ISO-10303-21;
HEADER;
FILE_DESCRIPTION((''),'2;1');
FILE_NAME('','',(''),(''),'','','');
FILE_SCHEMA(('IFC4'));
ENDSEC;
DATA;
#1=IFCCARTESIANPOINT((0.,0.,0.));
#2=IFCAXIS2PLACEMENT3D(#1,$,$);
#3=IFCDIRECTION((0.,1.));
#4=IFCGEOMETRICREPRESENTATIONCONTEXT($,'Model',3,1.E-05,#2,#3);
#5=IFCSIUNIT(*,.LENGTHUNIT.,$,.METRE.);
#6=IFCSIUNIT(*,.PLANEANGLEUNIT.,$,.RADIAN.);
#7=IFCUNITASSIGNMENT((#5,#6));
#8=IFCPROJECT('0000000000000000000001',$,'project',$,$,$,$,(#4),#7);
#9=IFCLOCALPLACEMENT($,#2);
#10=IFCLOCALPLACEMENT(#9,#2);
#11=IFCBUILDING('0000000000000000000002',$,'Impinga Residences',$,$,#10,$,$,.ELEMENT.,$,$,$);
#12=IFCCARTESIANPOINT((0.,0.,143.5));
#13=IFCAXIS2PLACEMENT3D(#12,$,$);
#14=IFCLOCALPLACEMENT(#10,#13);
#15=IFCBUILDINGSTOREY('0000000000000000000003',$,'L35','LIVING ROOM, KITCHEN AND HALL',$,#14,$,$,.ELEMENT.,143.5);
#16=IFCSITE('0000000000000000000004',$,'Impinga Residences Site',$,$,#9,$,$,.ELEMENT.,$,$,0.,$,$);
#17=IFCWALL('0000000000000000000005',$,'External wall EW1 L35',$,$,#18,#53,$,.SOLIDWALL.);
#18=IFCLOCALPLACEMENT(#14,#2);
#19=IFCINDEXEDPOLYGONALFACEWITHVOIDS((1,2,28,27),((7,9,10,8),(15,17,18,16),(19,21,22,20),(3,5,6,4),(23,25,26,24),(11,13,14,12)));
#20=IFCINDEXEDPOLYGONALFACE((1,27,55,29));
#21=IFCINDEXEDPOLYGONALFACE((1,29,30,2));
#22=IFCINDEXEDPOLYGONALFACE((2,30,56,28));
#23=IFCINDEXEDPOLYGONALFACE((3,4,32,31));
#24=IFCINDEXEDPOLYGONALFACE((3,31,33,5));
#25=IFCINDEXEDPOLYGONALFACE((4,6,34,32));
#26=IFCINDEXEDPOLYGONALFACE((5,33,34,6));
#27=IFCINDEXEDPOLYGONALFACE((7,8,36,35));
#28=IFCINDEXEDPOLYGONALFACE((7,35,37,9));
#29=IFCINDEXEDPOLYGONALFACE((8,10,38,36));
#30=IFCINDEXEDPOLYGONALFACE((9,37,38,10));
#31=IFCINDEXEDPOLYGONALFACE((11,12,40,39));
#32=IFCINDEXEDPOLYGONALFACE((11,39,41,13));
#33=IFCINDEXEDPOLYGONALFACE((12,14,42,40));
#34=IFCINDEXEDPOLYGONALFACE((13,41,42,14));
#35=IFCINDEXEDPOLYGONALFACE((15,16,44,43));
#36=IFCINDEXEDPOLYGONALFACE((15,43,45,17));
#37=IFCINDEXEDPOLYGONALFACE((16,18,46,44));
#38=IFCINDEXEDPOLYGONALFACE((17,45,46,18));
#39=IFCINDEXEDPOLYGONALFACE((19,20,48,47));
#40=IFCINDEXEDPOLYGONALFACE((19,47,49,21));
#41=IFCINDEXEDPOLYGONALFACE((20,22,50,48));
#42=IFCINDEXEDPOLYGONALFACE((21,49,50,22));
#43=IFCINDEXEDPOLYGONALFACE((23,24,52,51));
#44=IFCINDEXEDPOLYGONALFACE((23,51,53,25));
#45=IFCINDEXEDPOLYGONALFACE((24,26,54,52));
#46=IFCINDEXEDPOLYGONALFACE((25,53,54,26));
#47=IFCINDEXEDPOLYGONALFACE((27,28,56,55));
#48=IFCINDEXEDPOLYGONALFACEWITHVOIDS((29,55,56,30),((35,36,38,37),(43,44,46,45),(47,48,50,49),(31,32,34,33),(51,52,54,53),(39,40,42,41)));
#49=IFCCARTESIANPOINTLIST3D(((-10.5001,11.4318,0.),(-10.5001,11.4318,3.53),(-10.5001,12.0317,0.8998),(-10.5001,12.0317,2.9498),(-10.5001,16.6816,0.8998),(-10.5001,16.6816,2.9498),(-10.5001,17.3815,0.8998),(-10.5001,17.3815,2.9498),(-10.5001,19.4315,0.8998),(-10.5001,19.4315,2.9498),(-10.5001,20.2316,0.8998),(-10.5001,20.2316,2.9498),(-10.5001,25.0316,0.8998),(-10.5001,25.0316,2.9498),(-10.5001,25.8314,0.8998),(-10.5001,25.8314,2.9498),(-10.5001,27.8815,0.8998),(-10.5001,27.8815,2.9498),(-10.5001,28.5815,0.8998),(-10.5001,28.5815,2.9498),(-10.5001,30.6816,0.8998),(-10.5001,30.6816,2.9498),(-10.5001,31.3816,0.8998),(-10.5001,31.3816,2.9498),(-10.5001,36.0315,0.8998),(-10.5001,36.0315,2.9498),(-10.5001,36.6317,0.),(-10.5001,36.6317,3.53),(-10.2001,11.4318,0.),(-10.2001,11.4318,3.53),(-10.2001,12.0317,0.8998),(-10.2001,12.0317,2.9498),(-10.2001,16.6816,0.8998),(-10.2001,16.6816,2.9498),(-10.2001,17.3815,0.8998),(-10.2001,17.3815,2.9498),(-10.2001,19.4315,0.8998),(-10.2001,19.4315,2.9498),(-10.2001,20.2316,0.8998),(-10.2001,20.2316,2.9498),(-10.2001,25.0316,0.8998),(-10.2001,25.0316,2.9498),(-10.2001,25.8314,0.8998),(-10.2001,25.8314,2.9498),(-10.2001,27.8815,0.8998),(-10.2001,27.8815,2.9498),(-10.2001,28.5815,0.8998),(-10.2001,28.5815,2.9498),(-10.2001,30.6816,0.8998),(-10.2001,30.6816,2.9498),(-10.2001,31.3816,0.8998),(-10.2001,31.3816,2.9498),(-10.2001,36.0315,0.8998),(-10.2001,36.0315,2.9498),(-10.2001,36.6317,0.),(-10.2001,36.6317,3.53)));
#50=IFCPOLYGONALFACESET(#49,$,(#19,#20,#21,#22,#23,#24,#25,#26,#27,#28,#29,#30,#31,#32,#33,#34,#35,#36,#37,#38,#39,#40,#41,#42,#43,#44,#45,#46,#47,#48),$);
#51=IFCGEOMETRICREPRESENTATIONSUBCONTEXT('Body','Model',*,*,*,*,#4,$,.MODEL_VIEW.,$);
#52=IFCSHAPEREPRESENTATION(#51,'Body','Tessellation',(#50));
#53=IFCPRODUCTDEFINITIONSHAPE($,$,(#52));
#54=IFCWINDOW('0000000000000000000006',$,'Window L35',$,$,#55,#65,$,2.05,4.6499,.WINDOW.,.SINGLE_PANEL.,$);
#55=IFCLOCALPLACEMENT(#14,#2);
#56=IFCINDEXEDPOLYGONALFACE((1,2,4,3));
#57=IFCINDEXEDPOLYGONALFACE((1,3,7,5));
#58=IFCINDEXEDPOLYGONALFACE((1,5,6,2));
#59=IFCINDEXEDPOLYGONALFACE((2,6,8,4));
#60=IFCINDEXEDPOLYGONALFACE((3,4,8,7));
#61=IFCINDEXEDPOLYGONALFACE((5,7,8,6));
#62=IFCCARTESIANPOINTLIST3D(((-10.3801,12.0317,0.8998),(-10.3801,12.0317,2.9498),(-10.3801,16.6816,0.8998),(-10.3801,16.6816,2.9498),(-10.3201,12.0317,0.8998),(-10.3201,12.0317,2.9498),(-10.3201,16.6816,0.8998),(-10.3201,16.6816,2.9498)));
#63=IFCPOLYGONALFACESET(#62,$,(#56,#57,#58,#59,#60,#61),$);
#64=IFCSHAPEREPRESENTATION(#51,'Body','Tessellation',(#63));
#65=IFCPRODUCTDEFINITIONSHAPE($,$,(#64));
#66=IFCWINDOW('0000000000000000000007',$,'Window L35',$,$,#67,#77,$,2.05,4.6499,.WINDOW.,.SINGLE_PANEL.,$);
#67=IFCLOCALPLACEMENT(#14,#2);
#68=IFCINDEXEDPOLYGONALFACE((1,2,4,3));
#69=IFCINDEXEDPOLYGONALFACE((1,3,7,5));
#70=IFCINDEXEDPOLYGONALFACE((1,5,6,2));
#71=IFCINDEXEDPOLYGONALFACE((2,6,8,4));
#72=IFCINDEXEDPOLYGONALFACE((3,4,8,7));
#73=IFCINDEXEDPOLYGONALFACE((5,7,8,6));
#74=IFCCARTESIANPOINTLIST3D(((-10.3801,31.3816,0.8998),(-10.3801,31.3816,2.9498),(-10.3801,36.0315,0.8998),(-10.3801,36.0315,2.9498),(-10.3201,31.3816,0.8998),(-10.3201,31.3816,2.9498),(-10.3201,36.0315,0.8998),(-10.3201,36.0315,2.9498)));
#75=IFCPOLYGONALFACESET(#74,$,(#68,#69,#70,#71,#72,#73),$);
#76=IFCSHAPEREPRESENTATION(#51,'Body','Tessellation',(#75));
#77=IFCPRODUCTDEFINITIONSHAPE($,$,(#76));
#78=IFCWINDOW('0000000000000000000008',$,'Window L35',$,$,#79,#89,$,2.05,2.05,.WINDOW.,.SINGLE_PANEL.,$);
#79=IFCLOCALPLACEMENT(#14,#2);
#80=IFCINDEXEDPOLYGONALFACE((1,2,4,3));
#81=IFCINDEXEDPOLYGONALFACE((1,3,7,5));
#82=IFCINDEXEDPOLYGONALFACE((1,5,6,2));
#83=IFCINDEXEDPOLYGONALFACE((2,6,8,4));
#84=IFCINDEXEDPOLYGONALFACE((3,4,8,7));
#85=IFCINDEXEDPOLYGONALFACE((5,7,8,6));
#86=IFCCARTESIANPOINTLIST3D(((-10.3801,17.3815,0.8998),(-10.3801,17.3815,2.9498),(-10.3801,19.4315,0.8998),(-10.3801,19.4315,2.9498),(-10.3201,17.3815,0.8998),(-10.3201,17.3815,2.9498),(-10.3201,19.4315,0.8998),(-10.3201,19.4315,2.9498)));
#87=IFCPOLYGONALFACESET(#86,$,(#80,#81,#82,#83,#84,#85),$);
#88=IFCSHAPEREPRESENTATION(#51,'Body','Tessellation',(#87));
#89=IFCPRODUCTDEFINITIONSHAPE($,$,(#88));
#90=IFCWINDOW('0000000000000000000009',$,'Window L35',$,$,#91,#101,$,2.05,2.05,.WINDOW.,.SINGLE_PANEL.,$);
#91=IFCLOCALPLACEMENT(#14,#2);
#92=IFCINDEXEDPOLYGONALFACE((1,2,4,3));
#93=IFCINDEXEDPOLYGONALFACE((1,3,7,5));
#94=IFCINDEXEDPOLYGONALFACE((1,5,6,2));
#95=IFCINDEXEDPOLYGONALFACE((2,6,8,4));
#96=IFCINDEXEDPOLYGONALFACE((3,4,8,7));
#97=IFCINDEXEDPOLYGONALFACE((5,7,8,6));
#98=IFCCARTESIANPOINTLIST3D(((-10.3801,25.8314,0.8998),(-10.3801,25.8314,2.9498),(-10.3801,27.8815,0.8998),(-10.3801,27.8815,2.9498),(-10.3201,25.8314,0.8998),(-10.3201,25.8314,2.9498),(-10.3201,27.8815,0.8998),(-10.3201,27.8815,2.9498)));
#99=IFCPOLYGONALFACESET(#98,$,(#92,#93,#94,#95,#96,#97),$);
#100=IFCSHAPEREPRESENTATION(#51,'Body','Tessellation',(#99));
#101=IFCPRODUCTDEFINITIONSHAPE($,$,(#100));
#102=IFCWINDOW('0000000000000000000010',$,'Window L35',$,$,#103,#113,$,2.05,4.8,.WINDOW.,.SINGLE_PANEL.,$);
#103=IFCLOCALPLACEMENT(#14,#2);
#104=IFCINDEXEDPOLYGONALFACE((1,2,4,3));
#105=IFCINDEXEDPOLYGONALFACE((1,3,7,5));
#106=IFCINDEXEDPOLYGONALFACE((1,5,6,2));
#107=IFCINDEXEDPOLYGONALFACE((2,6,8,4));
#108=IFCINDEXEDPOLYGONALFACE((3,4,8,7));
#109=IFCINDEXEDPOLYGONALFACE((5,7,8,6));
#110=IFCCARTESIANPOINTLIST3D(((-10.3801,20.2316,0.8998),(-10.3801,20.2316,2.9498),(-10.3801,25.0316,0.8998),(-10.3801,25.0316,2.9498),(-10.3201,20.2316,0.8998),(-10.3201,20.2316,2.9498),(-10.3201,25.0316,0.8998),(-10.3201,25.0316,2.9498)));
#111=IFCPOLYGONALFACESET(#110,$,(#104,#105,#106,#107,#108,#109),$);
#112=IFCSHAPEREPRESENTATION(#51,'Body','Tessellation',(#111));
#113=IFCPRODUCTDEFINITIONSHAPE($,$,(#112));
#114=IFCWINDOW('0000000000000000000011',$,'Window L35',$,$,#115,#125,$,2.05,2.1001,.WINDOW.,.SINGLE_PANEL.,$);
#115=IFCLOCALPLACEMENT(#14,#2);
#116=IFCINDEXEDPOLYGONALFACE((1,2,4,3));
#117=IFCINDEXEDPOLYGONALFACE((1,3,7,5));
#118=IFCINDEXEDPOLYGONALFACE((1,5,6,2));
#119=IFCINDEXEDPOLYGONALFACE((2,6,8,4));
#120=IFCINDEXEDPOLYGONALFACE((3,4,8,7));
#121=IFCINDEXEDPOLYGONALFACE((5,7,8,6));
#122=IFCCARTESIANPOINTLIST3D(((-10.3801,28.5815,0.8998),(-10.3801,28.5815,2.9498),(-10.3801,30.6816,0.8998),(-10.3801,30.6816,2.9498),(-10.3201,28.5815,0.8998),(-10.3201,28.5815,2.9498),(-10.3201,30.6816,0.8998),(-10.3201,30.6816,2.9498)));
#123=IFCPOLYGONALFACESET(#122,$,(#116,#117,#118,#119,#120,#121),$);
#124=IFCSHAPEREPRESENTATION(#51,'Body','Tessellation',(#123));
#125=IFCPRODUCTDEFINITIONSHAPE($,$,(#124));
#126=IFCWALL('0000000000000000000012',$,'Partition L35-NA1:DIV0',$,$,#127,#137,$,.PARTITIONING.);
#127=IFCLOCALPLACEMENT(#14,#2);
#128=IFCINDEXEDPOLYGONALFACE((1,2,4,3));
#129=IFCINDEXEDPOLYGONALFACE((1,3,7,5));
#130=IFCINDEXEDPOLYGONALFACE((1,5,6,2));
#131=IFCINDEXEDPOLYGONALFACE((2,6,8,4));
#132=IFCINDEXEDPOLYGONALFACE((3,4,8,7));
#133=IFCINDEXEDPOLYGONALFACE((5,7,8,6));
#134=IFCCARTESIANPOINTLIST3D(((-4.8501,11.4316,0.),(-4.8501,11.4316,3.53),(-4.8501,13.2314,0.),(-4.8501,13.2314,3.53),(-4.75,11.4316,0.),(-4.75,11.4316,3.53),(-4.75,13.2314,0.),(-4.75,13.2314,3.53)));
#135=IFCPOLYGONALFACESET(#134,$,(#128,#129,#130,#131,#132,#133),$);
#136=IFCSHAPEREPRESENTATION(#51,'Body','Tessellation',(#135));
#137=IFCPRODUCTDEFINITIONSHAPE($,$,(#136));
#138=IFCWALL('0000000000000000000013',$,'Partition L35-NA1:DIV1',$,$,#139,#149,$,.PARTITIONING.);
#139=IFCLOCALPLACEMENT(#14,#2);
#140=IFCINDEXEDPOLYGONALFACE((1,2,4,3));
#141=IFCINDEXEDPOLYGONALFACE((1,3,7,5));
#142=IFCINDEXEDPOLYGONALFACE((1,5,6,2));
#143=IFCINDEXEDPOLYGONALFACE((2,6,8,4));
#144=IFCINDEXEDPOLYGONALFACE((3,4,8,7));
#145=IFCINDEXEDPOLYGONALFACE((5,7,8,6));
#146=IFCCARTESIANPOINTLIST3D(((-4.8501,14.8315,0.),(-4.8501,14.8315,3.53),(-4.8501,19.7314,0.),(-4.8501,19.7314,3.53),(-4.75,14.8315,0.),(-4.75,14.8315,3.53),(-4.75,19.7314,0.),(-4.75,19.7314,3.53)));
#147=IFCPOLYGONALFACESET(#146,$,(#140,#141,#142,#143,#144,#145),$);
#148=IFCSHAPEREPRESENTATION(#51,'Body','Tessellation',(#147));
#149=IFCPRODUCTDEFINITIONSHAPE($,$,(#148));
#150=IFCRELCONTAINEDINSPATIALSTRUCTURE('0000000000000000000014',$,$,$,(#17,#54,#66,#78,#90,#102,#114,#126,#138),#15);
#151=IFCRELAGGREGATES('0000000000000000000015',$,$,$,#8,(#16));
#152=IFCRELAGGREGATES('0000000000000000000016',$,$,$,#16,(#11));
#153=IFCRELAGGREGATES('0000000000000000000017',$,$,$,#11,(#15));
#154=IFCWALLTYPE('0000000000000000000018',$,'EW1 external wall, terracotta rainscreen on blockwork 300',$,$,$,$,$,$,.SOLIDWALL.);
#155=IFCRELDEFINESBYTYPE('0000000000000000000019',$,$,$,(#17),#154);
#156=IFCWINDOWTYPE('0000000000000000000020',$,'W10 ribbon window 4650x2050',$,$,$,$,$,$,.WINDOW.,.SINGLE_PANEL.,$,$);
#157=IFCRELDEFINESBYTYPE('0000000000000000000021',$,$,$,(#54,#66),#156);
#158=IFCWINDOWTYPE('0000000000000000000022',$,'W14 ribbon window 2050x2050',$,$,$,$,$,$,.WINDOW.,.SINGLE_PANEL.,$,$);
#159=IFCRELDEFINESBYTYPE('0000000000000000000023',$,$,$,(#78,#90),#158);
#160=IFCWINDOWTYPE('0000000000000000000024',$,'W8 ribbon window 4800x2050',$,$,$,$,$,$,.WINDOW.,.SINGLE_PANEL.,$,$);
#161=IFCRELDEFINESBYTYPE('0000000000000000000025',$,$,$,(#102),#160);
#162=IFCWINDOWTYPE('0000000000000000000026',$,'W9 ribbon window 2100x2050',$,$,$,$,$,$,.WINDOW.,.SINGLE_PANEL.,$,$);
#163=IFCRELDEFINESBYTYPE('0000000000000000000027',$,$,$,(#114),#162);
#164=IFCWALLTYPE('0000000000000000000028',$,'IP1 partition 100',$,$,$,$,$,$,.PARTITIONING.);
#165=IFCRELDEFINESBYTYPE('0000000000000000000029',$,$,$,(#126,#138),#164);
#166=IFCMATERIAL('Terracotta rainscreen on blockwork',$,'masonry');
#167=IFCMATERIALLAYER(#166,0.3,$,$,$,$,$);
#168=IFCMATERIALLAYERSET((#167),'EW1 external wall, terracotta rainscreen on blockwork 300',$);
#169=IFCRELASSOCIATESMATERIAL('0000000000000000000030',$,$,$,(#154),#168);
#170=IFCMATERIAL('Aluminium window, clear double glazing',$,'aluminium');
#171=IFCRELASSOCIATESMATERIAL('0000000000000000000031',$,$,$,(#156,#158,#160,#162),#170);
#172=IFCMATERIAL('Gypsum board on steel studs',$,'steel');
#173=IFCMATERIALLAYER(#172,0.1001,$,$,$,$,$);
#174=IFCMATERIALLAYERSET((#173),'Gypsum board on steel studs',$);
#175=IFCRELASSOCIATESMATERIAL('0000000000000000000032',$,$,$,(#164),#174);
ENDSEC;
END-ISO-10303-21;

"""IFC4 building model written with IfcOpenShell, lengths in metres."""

from ifc_helpers import new_model, si_unit, direction, frame, frame_2d, origin, place, context, subcontext, project, spatial, rectangle, extrude, material, layer, layer_set, type_object, element, fill, save


model = new_model("IFC4")

# Units and contexts
model_context = context("Model", 3, precision=1e-05, world=origin(), true_north=direction((0.0, 1.0)))
body_context = subcontext(model_context, "Body", "Model", "MODEL_VIEW")
ifc_project = project(units=[si_unit("LENGTHUNIT", "METRE"), si_unit("PLANEANGLEUNIT", "RADIAN")], contexts=[model_context])

# Site, building, storey
site_placement = place(None, origin())
site = spatial("IfcSite", under=ifc_project, at=site_placement, Name="Impinga Residences Site", CompositionType="ELEMENT", RefElevation=0.0)
building_placement = place(site_placement, origin())
building = spatial("IfcBuilding", under=site, at=building_placement, Name="Impinga Residences", CompositionType="ELEMENT")
storey_placement = place(building_placement, frame((0.0, 0.0, 143.5)))
storey = spatial("IfcBuildingStorey", under=building, at=storey_placement, Name="L35", Description="LIVING ROOM, KITCHEN AND HALL", CompositionType="ELEMENT", Elevation=143.5)

# Shared definitions
ifc_material_1 = material(Name="Terracotta rainscreen on blockwork", Category="masonry")
ifc_layer_1 = layer(ifc_material_1, 0.3)
ifc_layer_set_1 = layer_set([ifc_layer_1], Name="EW1 external wall, terracotta rainscreen on blockwork 300")
wall_type_1 = type_object("IfcWallType", Name="EW1 external wall, terracotta rainscreen on blockwork 300", PredefinedType="SOLIDWALL", material=ifc_layer_set_1)

# Wall, openings, windows
wall_1_placement = place(storey_placement, frame((-10.3501, 11.4316, 0.0), z_axis=(0.0, 0.0, 1.0), x_axis=(0.0, 1.0, 0.0)))
wall_1 = element("IfcWall", 1, at=wall_1_placement, inside=storey, type_object=wall_type_1, Name="External wall EW1 L35", PredefinedType="SOLIDWALL", context=body_context, shape_type="SweptSolid", body=[
    extrude(rectangle(XDim=25.2, YDim=0.3, at=frame_2d((12.6001, 0.0))), origin(), (0.0, 0.0, 1.0), 3.53),
])
opening_1_placement = place(wall_1_placement, frame((0.6001, 0.0, 0.8999)))
opening_1 = element("IfcOpeningElement", 2, at=opening_1_placement, cuts=wall_1, PredefinedType="OPENING", context=body_context, shape_type="SweptSolid", body=[
    extrude(rectangle(XDim=4.6499, YDim=2.05, at=frame_2d((2.325, 1.0249))), frame((0.0, 0.1599, 0.0), z_axis=(0.0, -1.0, 0.0), x_axis=(1.0, 0.0, 0.0)), (0.0, 0.0, 1.0), 0.3201),
])
opening_2_placement = place(wall_1_placement, frame((5.95, 0.0, 0.8999)))
opening_2 = element("IfcOpeningElement", 3, at=opening_2_placement, cuts=wall_1, PredefinedType="OPENING", context=body_context, shape_type="SweptSolid", body=[
    extrude(rectangle(XDim=2.05, YDim=2.05, at=frame_2d((1.0249, 1.0249))), frame((0.0, 0.1599, 0.0), z_axis=(0.0, -1.0, 0.0), x_axis=(1.0, 0.0, 0.0)), (0.0, 0.0, 1.0), 0.3201),
])
opening_3_placement = place(wall_1_placement, frame((8.8, 0.0, 0.8999)))
opening_3 = element("IfcOpeningElement", 4, at=opening_3_placement, cuts=wall_1, PredefinedType="OPENING", context=body_context, shape_type="SweptSolid", body=[
    extrude(rectangle(XDim=4.8, YDim=2.05, at=frame_2d((2.3999, 1.0249))), frame((0.0, 0.1599, 0.0), z_axis=(0.0, -1.0, 0.0), x_axis=(1.0, 0.0, 0.0)), (0.0, 0.0, 1.0), 0.3201),
])
opening_4_placement = place(wall_1_placement, frame((14.3999, 0.0, 0.8999)))
opening_4 = element("IfcOpeningElement", 5, at=opening_4_placement, cuts=wall_1, PredefinedType="OPENING", context=body_context, shape_type="SweptSolid", body=[
    extrude(rectangle(XDim=2.05, YDim=2.05, at=frame_2d((1.0249, 1.0249))), frame((0.0, 0.1599, 0.0), z_axis=(0.0, -1.0, 0.0), x_axis=(1.0, 0.0, 0.0)), (0.0, 0.0, 1.0), 0.3201),
])
opening_5_placement = place(wall_1_placement, frame((17.1499, 0.0, 0.8999)))
opening_5 = element("IfcOpeningElement", 6, at=opening_5_placement, cuts=wall_1, PredefinedType="OPENING", context=body_context, shape_type="SweptSolid", body=[
    extrude(rectangle(XDim=2.1001, YDim=2.05, at=frame_2d((1.05, 1.0249))), frame((0.0, 0.1599, 0.0), z_axis=(0.0, -1.0, 0.0), x_axis=(1.0, 0.0, 0.0)), (0.0, 0.0, 1.0), 0.3201),
])
opening_6_placement = place(wall_1_placement, frame((19.95, 0.0, 0.8999)))
opening_6 = element("IfcOpeningElement", 7, at=opening_6_placement, cuts=wall_1, PredefinedType="OPENING", context=body_context, shape_type="SweptSolid", body=[
    extrude(rectangle(XDim=4.6499, YDim=2.05, at=frame_2d((2.325, 1.0249))), frame((0.0, 0.1599, 0.0), z_axis=(0.0, -1.0, 0.0), x_axis=(1.0, 0.0, 0.0)), (0.0, 0.0, 1.0), 0.3201),
])
ifc_material_2 = material(Name="Aluminium window, clear double glazing", Category="aluminium")
window_type_1 = type_object("IfcWindowType", Name="W10 ribbon window 4650x2050", PartitioningType="SINGLE_PANEL", PredefinedType="WINDOW", material=ifc_material_2)
window_1_placement = place(opening_1_placement, origin())
window_1 = element("IfcWindow", 8, at=window_1_placement, inside=storey, type_object=window_type_1, Name="Window L35", OverallHeight=2.05, OverallWidth=4.6499, PartitioningType="SINGLE_PANEL", PredefinedType="WINDOW", context=body_context, shape_type="SweptSolid", body=[
    extrude(rectangle(XDim=4.6499, YDim=2.05, at=frame_2d((2.325, 1.0249))), frame((0.0, 0.03, 0.0), z_axis=(0.0, -1.0, 0.0), x_axis=(1.0, 0.0, 0.0)), (0.0, 0.0, 1.0), 0.0601),
])
fill(opening_1, window_1)
window_2_placement = place(opening_6_placement, origin())
window_2 = element("IfcWindow", 9, at=window_2_placement, inside=storey, type_object=window_type_1, Name="Window L35", OverallHeight=2.05, OverallWidth=4.6499, PartitioningType="SINGLE_PANEL", PredefinedType="WINDOW", context=body_context, shape_type="SweptSolid", body=[
    extrude(rectangle(XDim=4.6499, YDim=2.05, at=frame_2d((2.325, 1.0249))), frame((0.0, 0.03, 0.0), z_axis=(0.0, -1.0, 0.0), x_axis=(1.0, 0.0, 0.0)), (0.0, 0.0, 1.0), 0.0601),
])
fill(opening_6, window_2)
window_type_2 = type_object("IfcWindowType", Name="W14 ribbon window 2050x2050", PartitioningType="SINGLE_PANEL", PredefinedType="WINDOW", material=ifc_material_2)
window_3_placement = place(opening_2_placement, origin())
window_3 = element("IfcWindow", 10, at=window_3_placement, inside=storey, type_object=window_type_2, Name="Window L35", OverallHeight=2.05, OverallWidth=2.05, PartitioningType="SINGLE_PANEL", PredefinedType="WINDOW", context=body_context, shape_type="SweptSolid", body=[
    extrude(rectangle(XDim=2.05, YDim=2.05, at=frame_2d((1.0249, 1.0249))), frame((0.0, 0.03, 0.0), z_axis=(0.0, -1.0, 0.0), x_axis=(1.0, 0.0, 0.0)), (0.0, 0.0, 1.0), 0.0601),
])
fill(opening_2, window_3)
window_4_placement = place(opening_4_placement, origin())
window_4 = element("IfcWindow", 11, at=window_4_placement, inside=storey, type_object=window_type_2, Name="Window L35", OverallHeight=2.05, OverallWidth=2.05, PartitioningType="SINGLE_PANEL", PredefinedType="WINDOW", context=body_context, shape_type="SweptSolid", body=[
    extrude(rectangle(XDim=2.05, YDim=2.05, at=frame_2d((1.0249, 1.0249))), frame((0.0, 0.03, 0.0), z_axis=(0.0, -1.0, 0.0), x_axis=(1.0, 0.0, 0.0)), (0.0, 0.0, 1.0), 0.0601),
])
fill(opening_4, window_4)
window_type_3 = type_object("IfcWindowType", Name="W8 ribbon window 4800x2050", PartitioningType="SINGLE_PANEL", PredefinedType="WINDOW", material=ifc_material_2)
window_5_placement = place(opening_3_placement, origin())
window_5 = element("IfcWindow", 12, at=window_5_placement, inside=storey, type_object=window_type_3, Name="Window L35", OverallHeight=2.05, OverallWidth=4.8, PartitioningType="SINGLE_PANEL", PredefinedType="WINDOW", context=body_context, shape_type="SweptSolid", body=[
    extrude(rectangle(XDim=4.8, YDim=2.05, at=frame_2d((2.3999, 1.0249))), frame((0.0, 0.03, 0.0), z_axis=(0.0, -1.0, 0.0), x_axis=(1.0, 0.0, 0.0)), (0.0, 0.0, 1.0), 0.0601),
])
fill(opening_3, window_5)
window_type_4 = type_object("IfcWindowType", Name="W9 ribbon window 2100x2050", PartitioningType="SINGLE_PANEL", PredefinedType="WINDOW", material=ifc_material_2)
window_6_placement = place(opening_5_placement, origin())
window_6 = element("IfcWindow", 13, at=window_6_placement, inside=storey, type_object=window_type_4, Name="Window L35", OverallHeight=2.05, OverallWidth=2.1001, PartitioningType="SINGLE_PANEL", PredefinedType="WINDOW", context=body_context, shape_type="SweptSolid", body=[
    extrude(rectangle(XDim=2.1001, YDim=2.05, at=frame_2d((1.05, 1.0249))), frame((0.0, 0.03, 0.0), z_axis=(0.0, -1.0, 0.0), x_axis=(1.0, 0.0, 0.0)), (0.0, 0.0, 1.0), 0.0601),
])
fill(opening_5, window_6)

# Walls
ifc_material_3 = material(Name="Gypsum board on steel studs", Category="steel")
ifc_layer_2 = layer(ifc_material_3, 0.1001)
ifc_layer_set_2 = layer_set([ifc_layer_2], Name="Gypsum board on steel studs")
wall_type_2 = type_object("IfcWallType", Name="IP1 partition 100", PredefinedType="PARTITIONING", material=ifc_layer_set_2)
wall_2_placement = place(storey_placement, frame((-4.8, 11.4316, 0.0), z_axis=(0.0, 0.0, 1.0), x_axis=(0.0, 1.0, 0.0)))
element("IfcWall", 14, at=wall_2_placement, inside=storey, type_object=wall_type_2, Name="Partition L35-NA1:DIV0", PredefinedType="PARTITIONING", context=body_context, shape_type="SweptSolid", body=[
    extrude(rectangle(XDim=1.7998, YDim=0.1001, at=frame_2d((0.8999, 0.0))), origin(), (0.0, 0.0, 1.0), 3.53),
])
wall_3_placement = place(storey_placement, frame((-4.8, 14.8315, 0.0), z_axis=(0.0, 0.0, 1.0), x_axis=(0.0, 1.0, 0.0)))
element("IfcWall", 15, at=wall_3_placement, inside=storey, type_object=wall_type_2, Name="Partition L35-NA1:DIV1", PredefinedType="PARTITIONING", context=body_context, shape_type="SweptSolid", body=[
    extrude(rectangle(XDim=4.8999, YDim=0.1001, at=frame_2d((2.45, 0.0))), origin(), (0.0, 0.0, 1.0), 3.53),
])

save(model, "model.ifc")
